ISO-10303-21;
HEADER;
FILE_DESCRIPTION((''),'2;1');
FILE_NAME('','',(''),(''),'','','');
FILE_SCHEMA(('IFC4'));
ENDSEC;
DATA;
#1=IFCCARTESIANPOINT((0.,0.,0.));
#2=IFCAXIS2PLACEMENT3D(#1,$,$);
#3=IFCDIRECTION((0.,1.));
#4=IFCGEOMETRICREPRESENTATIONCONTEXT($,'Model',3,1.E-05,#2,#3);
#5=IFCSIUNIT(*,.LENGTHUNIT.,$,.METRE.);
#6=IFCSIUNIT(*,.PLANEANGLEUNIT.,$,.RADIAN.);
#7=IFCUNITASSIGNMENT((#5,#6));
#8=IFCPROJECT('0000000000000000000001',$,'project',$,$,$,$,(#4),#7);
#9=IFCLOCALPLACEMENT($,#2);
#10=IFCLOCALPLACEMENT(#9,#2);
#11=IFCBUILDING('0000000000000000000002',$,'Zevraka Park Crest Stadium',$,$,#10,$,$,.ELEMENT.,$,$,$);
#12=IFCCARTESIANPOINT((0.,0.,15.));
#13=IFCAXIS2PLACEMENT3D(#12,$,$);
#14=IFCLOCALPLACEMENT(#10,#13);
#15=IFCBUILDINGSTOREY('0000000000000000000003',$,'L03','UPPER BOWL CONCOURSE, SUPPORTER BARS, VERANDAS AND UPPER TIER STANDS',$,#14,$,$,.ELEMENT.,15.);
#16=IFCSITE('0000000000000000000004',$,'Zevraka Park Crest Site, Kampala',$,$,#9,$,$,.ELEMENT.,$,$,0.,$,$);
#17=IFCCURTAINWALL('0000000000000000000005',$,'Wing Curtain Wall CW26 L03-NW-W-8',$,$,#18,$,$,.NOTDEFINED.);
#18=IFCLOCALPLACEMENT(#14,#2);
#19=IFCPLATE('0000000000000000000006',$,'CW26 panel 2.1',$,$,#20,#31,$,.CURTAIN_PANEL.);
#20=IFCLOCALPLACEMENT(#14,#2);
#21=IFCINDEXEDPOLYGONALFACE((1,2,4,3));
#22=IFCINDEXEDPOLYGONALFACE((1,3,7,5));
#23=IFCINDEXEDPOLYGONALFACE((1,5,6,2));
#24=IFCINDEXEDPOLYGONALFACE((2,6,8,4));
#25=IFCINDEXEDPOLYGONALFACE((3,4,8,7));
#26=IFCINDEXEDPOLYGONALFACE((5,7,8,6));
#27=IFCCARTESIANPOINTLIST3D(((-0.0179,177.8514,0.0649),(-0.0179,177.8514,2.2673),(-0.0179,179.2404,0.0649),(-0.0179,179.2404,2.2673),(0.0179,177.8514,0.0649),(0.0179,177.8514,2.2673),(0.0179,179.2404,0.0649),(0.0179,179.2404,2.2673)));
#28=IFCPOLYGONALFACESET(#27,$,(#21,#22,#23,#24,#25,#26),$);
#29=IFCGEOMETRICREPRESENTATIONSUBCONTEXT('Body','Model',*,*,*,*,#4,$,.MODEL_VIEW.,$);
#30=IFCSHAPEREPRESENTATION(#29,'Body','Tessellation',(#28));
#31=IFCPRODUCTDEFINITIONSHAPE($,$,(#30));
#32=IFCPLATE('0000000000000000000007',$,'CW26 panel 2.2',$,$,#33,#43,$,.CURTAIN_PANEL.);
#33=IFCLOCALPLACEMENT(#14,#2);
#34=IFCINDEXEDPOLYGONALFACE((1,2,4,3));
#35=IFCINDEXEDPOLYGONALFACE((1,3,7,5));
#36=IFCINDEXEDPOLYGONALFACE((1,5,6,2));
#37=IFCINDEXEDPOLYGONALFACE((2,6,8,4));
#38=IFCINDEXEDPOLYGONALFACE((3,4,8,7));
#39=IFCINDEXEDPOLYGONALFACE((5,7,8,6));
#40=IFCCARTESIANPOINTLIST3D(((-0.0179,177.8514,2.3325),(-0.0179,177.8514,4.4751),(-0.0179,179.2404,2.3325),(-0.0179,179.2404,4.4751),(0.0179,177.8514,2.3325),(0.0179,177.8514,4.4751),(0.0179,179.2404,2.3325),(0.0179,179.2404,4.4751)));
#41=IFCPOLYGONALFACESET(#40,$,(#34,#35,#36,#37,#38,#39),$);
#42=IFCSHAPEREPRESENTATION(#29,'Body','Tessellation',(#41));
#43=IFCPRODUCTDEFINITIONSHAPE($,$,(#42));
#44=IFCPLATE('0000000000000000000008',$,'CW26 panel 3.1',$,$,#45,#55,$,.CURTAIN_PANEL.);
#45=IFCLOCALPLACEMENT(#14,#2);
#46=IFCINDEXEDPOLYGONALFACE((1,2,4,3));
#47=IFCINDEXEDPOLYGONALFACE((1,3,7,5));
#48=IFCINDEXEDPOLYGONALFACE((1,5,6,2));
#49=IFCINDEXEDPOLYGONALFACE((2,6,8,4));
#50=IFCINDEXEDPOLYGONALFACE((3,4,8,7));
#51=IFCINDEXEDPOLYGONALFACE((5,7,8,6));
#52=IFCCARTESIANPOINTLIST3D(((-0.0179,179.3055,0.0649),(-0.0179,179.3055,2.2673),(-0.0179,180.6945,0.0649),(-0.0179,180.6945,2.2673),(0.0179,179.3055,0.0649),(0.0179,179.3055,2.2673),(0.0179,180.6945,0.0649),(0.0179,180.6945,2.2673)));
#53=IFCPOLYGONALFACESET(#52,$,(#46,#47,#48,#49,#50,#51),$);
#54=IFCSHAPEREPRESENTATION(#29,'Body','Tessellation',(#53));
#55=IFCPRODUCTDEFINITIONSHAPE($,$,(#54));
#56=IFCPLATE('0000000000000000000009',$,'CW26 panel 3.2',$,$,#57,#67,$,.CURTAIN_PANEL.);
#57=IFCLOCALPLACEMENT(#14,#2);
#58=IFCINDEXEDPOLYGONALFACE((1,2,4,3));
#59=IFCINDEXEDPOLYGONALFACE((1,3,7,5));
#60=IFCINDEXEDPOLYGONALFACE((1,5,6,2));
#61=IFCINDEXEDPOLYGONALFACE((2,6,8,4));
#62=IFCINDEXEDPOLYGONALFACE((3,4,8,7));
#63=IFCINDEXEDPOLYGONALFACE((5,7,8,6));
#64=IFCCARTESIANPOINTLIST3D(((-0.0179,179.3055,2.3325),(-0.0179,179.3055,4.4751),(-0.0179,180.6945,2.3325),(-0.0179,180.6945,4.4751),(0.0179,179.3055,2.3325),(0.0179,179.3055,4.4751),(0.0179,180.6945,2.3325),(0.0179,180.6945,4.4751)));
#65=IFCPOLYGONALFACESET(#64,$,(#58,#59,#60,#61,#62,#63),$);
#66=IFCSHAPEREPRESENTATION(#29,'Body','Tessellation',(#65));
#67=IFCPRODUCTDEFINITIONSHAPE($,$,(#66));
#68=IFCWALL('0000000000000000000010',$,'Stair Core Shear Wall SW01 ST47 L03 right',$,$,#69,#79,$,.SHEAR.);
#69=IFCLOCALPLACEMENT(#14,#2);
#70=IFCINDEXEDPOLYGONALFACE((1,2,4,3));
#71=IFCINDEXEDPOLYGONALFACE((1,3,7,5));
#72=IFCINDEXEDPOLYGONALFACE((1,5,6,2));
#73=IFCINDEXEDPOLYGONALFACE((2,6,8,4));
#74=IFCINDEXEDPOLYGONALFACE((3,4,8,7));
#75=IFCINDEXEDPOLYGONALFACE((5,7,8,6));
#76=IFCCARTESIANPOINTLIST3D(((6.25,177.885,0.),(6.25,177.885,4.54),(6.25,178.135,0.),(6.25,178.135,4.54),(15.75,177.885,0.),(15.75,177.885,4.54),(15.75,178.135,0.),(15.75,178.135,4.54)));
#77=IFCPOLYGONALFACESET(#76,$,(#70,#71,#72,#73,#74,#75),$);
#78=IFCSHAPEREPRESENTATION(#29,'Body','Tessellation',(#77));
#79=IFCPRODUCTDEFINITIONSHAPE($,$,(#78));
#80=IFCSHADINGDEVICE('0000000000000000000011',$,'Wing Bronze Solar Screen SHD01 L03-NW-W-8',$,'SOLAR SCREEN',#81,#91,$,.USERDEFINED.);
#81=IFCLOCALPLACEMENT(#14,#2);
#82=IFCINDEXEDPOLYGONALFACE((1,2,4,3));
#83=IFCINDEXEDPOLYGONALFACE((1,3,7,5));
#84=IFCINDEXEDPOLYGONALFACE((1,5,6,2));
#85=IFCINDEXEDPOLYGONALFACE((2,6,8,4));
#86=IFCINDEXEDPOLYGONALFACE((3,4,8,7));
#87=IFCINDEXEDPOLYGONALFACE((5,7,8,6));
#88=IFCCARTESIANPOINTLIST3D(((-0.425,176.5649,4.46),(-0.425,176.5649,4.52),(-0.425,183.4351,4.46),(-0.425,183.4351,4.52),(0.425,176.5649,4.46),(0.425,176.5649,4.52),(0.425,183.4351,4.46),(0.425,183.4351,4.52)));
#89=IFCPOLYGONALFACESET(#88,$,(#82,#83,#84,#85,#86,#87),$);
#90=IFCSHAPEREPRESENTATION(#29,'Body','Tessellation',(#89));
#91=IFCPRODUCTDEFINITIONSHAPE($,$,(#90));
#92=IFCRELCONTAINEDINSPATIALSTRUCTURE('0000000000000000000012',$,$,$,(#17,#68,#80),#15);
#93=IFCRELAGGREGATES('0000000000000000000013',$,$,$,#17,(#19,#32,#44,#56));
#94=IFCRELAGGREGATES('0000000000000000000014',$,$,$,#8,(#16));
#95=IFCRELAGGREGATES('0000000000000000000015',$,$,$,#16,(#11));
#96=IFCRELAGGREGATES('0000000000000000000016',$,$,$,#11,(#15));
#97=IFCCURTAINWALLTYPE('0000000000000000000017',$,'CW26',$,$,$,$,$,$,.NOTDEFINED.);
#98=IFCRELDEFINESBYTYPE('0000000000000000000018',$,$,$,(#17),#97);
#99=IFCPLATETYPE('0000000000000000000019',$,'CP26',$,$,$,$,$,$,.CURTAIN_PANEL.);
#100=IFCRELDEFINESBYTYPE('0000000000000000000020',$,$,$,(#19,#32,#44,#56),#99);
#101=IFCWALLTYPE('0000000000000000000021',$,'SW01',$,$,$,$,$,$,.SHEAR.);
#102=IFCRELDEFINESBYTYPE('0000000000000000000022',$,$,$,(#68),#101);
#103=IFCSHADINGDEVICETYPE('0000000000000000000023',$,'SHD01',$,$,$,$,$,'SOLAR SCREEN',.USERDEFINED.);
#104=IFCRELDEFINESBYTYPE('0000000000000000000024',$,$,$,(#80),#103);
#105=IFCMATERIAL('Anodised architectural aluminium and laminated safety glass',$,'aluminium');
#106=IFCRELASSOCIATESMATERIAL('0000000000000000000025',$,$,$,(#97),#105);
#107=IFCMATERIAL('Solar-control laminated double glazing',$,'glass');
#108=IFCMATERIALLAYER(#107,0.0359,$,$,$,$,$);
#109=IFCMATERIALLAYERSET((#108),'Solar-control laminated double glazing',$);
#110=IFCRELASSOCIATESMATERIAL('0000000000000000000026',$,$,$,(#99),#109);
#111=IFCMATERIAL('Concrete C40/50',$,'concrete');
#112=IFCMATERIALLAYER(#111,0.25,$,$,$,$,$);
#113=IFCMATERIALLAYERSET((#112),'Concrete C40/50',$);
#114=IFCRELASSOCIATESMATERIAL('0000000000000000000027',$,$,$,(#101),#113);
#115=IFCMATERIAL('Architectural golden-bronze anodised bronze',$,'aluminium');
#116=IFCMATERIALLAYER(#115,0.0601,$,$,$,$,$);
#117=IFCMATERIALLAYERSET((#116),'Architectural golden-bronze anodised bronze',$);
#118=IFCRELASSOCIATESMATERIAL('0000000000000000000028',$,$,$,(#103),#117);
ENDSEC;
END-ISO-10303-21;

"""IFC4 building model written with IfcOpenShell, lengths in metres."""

from ifc_helpers import new_model, si_unit, direction, frame, frame_2d, origin, origin_2d, place, context, subcontext, project, spatial, rectangle, extrude, material, layer, layer_set, type_object, element, aggregate, save


model = new_model("IFC4")

# Units and contexts
model_context = context("Model", 3, precision=1e-05, world=origin(), true_north=direction((0.0, 1.0)))
body_context = subcontext(model_context, "Body", "Model", "MODEL_VIEW")
ifc_project = project(units=[si_unit("LENGTHUNIT", "METRE"), si_unit("PLANEANGLEUNIT", "RADIAN")], contexts=[model_context])

# Site, building, storey
site_placement = place(None, origin())
site = spatial("IfcSite", under=ifc_project, at=site_placement, Name="Zevraka Park Crest Site, Kampala", CompositionType="ELEMENT", RefElevation=0.0)
building_placement = place(site_placement, origin())
building = spatial("IfcBuilding", under=site, at=building_placement, Name="Zevraka Park Crest Stadium", CompositionType="ELEMENT")
storey_placement = place(building_placement, frame((0.0, 0.0, 15.0)))
storey = spatial("IfcBuildingStorey", under=building, at=storey_placement, Name="L03", Description="UPPER BOWL CONCOURSE, SUPPORTER BARS, VERANDAS AND UPPER TIER STANDS", CompositionType="ELEMENT", Elevation=15.0)

# Curtain wall, plates
ifc_material_1 = material(Name="Anodised architectural aluminium and laminated safety glass", Category="aluminium")
curtain_wall_type = type_object("IfcCurtainWallType", Name="CW26", PredefinedType="NOTDEFINED", material=ifc_material_1)
curtain_wall_placement = place(storey_placement, origin())
curtain_wall = element("IfcCurtainWall", 1, at=curtain_wall_placement, inside=storey, type_object=curtain_wall_type, Name="Wing Curtain Wall CW26 L03-NW-W-8", PredefinedType="NOTDEFINED")
ifc_material_2 = material(Name="Solar-control laminated double glazing", Category="glass")
ifc_layer_1 = layer(ifc_material_2, 0.0359)
ifc_layer_set_1 = layer_set([ifc_layer_1], Name="Solar-control laminated double glazing")
plate_type = type_object("IfcPlateType", Name="CP26", PredefinedType="CURTAIN_PANEL", material=ifc_layer_set_1)
plate_1_placement = place(storey_placement, frame((0.0, 178.5459, 0.0649), z_axis=(0.0, 0.0, 1.0), x_axis=(0.0, 1.0, 0.0)))
plate_1 = element("IfcPlate", 2, at=plate_1_placement, type_object=plate_type, Name="CW26 panel 2.1", PredefinedType="CURTAIN_PANEL", context=body_context, shape_type="SweptSolid", body=[
    extrude(rectangle(XDim=1.3889, YDim=0.0359, at=origin_2d()), origin(), (0.0, 0.0, 1.0), 2.2024),
])
plate_2_placement = place(storey_placement, frame((0.0, 178.5459, 2.3325), z_axis=(0.0, 0.0, 1.0), x_axis=(0.0, 1.0, 0.0)))
plate_2 = element("IfcPlate", 3, at=plate_2_placement, type_object=plate_type, Name="CW26 panel 2.2", PredefinedType="CURTAIN_PANEL", context=body_context, shape_type="SweptSolid", body=[
    extrude(rectangle(XDim=1.3889, YDim=0.0359, at=origin_2d()), origin(), (0.0, 0.0, 1.0), 2.1426),
])
plate_3_placement = place(storey_placement, frame((0.0, 180.0, 0.0649), z_axis=(0.0, 0.0, 1.0), x_axis=(0.0, 1.0, 0.0)))
plate_3 = element("IfcPlate", 4, at=plate_3_placement, type_object=plate_type, Name="CW26 panel 3.1", PredefinedType="CURTAIN_PANEL", context=body_context, shape_type="SweptSolid", body=[
    extrude(rectangle(XDim=1.3889, YDim=0.0359, at=origin_2d()), origin(), (0.0, 0.0, 1.0), 2.2024),
])
plate_4_placement = place(storey_placement, frame((0.0, 180.0, 2.3325), z_axis=(0.0, 0.0, 1.0), x_axis=(0.0, 1.0, 0.0)))
plate_4 = element("IfcPlate", 5, at=plate_4_placement, type_object=plate_type, Name="CW26 panel 3.2", PredefinedType="CURTAIN_PANEL", context=body_context, shape_type="SweptSolid", body=[
    extrude(rectangle(XDim=1.3889, YDim=0.0359, at=origin_2d()), origin(), (0.0, 0.0, 1.0), 2.1426),
])
aggregate(curtain_wall, [plate_1, plate_2, plate_3, plate_4])

# Wall
ifc_material_3 = material(Name="Concrete C40/50", Category="concrete")
ifc_layer_2 = layer(ifc_material_3, 0.25)
ifc_layer_set_2 = layer_set([ifc_layer_2], Name="Concrete C40/50")
wall_type = type_object("IfcWallType", Name="SW01", PredefinedType="SHEAR", material=ifc_layer_set_2)
wall_placement = place(storey_placement, frame((6.25, 178.01, 0.0), z_axis=(0.0, 0.0, 1.0), x_axis=(1.0, 0.0, 0.0)))
element("IfcWall", 6, at=wall_placement, inside=storey, type_object=wall_type, Name="Stair Core Shear Wall SW01 ST47 L03 right", PredefinedType="SHEAR", context=body_context, shape_type="SweptSolid", body=[
    extrude(rectangle(XDim=9.5, YDim=0.25, at=frame_2d((4.75, 0.0))), origin(), (0.0, 0.0, 1.0), 4.54),
])

# Shading device
ifc_material_4 = material(Name="Architectural golden-bronze anodised bronze", Category="aluminium")
ifc_layer_3 = layer(ifc_material_4, 0.0601)
ifc_layer_set_3 = layer_set([ifc_layer_3], Name="Architectural golden-bronze anodised bronze")
shading_device_type = type_object("IfcShadingDeviceType", Name="SHD01", ElementType="SOLAR SCREEN", PredefinedType="USERDEFINED", material=ifc_layer_set_3)
shading_device_placement = place(storey_placement, frame((0.0, 180.0, 4.46), z_axis=(0.0, 0.0, 1.0), x_axis=(0.0, 1.0, 0.0)))
element("IfcShadingDevice", 7, at=shading_device_placement, inside=storey, type_object=shading_device_type, Name="Wing Bronze Solar Screen SHD01 L03-NW-W-8", ObjectType="SOLAR SCREEN", PredefinedType="USERDEFINED", context=body_context, shape_type="SweptSolid", body=[
    extrude(rectangle(XDim=6.8701, YDim=0.8501, at=origin_2d()), origin(), (0.0, 0.0, 1.0), 0.0601),
])

save(model, "model.ifc")
